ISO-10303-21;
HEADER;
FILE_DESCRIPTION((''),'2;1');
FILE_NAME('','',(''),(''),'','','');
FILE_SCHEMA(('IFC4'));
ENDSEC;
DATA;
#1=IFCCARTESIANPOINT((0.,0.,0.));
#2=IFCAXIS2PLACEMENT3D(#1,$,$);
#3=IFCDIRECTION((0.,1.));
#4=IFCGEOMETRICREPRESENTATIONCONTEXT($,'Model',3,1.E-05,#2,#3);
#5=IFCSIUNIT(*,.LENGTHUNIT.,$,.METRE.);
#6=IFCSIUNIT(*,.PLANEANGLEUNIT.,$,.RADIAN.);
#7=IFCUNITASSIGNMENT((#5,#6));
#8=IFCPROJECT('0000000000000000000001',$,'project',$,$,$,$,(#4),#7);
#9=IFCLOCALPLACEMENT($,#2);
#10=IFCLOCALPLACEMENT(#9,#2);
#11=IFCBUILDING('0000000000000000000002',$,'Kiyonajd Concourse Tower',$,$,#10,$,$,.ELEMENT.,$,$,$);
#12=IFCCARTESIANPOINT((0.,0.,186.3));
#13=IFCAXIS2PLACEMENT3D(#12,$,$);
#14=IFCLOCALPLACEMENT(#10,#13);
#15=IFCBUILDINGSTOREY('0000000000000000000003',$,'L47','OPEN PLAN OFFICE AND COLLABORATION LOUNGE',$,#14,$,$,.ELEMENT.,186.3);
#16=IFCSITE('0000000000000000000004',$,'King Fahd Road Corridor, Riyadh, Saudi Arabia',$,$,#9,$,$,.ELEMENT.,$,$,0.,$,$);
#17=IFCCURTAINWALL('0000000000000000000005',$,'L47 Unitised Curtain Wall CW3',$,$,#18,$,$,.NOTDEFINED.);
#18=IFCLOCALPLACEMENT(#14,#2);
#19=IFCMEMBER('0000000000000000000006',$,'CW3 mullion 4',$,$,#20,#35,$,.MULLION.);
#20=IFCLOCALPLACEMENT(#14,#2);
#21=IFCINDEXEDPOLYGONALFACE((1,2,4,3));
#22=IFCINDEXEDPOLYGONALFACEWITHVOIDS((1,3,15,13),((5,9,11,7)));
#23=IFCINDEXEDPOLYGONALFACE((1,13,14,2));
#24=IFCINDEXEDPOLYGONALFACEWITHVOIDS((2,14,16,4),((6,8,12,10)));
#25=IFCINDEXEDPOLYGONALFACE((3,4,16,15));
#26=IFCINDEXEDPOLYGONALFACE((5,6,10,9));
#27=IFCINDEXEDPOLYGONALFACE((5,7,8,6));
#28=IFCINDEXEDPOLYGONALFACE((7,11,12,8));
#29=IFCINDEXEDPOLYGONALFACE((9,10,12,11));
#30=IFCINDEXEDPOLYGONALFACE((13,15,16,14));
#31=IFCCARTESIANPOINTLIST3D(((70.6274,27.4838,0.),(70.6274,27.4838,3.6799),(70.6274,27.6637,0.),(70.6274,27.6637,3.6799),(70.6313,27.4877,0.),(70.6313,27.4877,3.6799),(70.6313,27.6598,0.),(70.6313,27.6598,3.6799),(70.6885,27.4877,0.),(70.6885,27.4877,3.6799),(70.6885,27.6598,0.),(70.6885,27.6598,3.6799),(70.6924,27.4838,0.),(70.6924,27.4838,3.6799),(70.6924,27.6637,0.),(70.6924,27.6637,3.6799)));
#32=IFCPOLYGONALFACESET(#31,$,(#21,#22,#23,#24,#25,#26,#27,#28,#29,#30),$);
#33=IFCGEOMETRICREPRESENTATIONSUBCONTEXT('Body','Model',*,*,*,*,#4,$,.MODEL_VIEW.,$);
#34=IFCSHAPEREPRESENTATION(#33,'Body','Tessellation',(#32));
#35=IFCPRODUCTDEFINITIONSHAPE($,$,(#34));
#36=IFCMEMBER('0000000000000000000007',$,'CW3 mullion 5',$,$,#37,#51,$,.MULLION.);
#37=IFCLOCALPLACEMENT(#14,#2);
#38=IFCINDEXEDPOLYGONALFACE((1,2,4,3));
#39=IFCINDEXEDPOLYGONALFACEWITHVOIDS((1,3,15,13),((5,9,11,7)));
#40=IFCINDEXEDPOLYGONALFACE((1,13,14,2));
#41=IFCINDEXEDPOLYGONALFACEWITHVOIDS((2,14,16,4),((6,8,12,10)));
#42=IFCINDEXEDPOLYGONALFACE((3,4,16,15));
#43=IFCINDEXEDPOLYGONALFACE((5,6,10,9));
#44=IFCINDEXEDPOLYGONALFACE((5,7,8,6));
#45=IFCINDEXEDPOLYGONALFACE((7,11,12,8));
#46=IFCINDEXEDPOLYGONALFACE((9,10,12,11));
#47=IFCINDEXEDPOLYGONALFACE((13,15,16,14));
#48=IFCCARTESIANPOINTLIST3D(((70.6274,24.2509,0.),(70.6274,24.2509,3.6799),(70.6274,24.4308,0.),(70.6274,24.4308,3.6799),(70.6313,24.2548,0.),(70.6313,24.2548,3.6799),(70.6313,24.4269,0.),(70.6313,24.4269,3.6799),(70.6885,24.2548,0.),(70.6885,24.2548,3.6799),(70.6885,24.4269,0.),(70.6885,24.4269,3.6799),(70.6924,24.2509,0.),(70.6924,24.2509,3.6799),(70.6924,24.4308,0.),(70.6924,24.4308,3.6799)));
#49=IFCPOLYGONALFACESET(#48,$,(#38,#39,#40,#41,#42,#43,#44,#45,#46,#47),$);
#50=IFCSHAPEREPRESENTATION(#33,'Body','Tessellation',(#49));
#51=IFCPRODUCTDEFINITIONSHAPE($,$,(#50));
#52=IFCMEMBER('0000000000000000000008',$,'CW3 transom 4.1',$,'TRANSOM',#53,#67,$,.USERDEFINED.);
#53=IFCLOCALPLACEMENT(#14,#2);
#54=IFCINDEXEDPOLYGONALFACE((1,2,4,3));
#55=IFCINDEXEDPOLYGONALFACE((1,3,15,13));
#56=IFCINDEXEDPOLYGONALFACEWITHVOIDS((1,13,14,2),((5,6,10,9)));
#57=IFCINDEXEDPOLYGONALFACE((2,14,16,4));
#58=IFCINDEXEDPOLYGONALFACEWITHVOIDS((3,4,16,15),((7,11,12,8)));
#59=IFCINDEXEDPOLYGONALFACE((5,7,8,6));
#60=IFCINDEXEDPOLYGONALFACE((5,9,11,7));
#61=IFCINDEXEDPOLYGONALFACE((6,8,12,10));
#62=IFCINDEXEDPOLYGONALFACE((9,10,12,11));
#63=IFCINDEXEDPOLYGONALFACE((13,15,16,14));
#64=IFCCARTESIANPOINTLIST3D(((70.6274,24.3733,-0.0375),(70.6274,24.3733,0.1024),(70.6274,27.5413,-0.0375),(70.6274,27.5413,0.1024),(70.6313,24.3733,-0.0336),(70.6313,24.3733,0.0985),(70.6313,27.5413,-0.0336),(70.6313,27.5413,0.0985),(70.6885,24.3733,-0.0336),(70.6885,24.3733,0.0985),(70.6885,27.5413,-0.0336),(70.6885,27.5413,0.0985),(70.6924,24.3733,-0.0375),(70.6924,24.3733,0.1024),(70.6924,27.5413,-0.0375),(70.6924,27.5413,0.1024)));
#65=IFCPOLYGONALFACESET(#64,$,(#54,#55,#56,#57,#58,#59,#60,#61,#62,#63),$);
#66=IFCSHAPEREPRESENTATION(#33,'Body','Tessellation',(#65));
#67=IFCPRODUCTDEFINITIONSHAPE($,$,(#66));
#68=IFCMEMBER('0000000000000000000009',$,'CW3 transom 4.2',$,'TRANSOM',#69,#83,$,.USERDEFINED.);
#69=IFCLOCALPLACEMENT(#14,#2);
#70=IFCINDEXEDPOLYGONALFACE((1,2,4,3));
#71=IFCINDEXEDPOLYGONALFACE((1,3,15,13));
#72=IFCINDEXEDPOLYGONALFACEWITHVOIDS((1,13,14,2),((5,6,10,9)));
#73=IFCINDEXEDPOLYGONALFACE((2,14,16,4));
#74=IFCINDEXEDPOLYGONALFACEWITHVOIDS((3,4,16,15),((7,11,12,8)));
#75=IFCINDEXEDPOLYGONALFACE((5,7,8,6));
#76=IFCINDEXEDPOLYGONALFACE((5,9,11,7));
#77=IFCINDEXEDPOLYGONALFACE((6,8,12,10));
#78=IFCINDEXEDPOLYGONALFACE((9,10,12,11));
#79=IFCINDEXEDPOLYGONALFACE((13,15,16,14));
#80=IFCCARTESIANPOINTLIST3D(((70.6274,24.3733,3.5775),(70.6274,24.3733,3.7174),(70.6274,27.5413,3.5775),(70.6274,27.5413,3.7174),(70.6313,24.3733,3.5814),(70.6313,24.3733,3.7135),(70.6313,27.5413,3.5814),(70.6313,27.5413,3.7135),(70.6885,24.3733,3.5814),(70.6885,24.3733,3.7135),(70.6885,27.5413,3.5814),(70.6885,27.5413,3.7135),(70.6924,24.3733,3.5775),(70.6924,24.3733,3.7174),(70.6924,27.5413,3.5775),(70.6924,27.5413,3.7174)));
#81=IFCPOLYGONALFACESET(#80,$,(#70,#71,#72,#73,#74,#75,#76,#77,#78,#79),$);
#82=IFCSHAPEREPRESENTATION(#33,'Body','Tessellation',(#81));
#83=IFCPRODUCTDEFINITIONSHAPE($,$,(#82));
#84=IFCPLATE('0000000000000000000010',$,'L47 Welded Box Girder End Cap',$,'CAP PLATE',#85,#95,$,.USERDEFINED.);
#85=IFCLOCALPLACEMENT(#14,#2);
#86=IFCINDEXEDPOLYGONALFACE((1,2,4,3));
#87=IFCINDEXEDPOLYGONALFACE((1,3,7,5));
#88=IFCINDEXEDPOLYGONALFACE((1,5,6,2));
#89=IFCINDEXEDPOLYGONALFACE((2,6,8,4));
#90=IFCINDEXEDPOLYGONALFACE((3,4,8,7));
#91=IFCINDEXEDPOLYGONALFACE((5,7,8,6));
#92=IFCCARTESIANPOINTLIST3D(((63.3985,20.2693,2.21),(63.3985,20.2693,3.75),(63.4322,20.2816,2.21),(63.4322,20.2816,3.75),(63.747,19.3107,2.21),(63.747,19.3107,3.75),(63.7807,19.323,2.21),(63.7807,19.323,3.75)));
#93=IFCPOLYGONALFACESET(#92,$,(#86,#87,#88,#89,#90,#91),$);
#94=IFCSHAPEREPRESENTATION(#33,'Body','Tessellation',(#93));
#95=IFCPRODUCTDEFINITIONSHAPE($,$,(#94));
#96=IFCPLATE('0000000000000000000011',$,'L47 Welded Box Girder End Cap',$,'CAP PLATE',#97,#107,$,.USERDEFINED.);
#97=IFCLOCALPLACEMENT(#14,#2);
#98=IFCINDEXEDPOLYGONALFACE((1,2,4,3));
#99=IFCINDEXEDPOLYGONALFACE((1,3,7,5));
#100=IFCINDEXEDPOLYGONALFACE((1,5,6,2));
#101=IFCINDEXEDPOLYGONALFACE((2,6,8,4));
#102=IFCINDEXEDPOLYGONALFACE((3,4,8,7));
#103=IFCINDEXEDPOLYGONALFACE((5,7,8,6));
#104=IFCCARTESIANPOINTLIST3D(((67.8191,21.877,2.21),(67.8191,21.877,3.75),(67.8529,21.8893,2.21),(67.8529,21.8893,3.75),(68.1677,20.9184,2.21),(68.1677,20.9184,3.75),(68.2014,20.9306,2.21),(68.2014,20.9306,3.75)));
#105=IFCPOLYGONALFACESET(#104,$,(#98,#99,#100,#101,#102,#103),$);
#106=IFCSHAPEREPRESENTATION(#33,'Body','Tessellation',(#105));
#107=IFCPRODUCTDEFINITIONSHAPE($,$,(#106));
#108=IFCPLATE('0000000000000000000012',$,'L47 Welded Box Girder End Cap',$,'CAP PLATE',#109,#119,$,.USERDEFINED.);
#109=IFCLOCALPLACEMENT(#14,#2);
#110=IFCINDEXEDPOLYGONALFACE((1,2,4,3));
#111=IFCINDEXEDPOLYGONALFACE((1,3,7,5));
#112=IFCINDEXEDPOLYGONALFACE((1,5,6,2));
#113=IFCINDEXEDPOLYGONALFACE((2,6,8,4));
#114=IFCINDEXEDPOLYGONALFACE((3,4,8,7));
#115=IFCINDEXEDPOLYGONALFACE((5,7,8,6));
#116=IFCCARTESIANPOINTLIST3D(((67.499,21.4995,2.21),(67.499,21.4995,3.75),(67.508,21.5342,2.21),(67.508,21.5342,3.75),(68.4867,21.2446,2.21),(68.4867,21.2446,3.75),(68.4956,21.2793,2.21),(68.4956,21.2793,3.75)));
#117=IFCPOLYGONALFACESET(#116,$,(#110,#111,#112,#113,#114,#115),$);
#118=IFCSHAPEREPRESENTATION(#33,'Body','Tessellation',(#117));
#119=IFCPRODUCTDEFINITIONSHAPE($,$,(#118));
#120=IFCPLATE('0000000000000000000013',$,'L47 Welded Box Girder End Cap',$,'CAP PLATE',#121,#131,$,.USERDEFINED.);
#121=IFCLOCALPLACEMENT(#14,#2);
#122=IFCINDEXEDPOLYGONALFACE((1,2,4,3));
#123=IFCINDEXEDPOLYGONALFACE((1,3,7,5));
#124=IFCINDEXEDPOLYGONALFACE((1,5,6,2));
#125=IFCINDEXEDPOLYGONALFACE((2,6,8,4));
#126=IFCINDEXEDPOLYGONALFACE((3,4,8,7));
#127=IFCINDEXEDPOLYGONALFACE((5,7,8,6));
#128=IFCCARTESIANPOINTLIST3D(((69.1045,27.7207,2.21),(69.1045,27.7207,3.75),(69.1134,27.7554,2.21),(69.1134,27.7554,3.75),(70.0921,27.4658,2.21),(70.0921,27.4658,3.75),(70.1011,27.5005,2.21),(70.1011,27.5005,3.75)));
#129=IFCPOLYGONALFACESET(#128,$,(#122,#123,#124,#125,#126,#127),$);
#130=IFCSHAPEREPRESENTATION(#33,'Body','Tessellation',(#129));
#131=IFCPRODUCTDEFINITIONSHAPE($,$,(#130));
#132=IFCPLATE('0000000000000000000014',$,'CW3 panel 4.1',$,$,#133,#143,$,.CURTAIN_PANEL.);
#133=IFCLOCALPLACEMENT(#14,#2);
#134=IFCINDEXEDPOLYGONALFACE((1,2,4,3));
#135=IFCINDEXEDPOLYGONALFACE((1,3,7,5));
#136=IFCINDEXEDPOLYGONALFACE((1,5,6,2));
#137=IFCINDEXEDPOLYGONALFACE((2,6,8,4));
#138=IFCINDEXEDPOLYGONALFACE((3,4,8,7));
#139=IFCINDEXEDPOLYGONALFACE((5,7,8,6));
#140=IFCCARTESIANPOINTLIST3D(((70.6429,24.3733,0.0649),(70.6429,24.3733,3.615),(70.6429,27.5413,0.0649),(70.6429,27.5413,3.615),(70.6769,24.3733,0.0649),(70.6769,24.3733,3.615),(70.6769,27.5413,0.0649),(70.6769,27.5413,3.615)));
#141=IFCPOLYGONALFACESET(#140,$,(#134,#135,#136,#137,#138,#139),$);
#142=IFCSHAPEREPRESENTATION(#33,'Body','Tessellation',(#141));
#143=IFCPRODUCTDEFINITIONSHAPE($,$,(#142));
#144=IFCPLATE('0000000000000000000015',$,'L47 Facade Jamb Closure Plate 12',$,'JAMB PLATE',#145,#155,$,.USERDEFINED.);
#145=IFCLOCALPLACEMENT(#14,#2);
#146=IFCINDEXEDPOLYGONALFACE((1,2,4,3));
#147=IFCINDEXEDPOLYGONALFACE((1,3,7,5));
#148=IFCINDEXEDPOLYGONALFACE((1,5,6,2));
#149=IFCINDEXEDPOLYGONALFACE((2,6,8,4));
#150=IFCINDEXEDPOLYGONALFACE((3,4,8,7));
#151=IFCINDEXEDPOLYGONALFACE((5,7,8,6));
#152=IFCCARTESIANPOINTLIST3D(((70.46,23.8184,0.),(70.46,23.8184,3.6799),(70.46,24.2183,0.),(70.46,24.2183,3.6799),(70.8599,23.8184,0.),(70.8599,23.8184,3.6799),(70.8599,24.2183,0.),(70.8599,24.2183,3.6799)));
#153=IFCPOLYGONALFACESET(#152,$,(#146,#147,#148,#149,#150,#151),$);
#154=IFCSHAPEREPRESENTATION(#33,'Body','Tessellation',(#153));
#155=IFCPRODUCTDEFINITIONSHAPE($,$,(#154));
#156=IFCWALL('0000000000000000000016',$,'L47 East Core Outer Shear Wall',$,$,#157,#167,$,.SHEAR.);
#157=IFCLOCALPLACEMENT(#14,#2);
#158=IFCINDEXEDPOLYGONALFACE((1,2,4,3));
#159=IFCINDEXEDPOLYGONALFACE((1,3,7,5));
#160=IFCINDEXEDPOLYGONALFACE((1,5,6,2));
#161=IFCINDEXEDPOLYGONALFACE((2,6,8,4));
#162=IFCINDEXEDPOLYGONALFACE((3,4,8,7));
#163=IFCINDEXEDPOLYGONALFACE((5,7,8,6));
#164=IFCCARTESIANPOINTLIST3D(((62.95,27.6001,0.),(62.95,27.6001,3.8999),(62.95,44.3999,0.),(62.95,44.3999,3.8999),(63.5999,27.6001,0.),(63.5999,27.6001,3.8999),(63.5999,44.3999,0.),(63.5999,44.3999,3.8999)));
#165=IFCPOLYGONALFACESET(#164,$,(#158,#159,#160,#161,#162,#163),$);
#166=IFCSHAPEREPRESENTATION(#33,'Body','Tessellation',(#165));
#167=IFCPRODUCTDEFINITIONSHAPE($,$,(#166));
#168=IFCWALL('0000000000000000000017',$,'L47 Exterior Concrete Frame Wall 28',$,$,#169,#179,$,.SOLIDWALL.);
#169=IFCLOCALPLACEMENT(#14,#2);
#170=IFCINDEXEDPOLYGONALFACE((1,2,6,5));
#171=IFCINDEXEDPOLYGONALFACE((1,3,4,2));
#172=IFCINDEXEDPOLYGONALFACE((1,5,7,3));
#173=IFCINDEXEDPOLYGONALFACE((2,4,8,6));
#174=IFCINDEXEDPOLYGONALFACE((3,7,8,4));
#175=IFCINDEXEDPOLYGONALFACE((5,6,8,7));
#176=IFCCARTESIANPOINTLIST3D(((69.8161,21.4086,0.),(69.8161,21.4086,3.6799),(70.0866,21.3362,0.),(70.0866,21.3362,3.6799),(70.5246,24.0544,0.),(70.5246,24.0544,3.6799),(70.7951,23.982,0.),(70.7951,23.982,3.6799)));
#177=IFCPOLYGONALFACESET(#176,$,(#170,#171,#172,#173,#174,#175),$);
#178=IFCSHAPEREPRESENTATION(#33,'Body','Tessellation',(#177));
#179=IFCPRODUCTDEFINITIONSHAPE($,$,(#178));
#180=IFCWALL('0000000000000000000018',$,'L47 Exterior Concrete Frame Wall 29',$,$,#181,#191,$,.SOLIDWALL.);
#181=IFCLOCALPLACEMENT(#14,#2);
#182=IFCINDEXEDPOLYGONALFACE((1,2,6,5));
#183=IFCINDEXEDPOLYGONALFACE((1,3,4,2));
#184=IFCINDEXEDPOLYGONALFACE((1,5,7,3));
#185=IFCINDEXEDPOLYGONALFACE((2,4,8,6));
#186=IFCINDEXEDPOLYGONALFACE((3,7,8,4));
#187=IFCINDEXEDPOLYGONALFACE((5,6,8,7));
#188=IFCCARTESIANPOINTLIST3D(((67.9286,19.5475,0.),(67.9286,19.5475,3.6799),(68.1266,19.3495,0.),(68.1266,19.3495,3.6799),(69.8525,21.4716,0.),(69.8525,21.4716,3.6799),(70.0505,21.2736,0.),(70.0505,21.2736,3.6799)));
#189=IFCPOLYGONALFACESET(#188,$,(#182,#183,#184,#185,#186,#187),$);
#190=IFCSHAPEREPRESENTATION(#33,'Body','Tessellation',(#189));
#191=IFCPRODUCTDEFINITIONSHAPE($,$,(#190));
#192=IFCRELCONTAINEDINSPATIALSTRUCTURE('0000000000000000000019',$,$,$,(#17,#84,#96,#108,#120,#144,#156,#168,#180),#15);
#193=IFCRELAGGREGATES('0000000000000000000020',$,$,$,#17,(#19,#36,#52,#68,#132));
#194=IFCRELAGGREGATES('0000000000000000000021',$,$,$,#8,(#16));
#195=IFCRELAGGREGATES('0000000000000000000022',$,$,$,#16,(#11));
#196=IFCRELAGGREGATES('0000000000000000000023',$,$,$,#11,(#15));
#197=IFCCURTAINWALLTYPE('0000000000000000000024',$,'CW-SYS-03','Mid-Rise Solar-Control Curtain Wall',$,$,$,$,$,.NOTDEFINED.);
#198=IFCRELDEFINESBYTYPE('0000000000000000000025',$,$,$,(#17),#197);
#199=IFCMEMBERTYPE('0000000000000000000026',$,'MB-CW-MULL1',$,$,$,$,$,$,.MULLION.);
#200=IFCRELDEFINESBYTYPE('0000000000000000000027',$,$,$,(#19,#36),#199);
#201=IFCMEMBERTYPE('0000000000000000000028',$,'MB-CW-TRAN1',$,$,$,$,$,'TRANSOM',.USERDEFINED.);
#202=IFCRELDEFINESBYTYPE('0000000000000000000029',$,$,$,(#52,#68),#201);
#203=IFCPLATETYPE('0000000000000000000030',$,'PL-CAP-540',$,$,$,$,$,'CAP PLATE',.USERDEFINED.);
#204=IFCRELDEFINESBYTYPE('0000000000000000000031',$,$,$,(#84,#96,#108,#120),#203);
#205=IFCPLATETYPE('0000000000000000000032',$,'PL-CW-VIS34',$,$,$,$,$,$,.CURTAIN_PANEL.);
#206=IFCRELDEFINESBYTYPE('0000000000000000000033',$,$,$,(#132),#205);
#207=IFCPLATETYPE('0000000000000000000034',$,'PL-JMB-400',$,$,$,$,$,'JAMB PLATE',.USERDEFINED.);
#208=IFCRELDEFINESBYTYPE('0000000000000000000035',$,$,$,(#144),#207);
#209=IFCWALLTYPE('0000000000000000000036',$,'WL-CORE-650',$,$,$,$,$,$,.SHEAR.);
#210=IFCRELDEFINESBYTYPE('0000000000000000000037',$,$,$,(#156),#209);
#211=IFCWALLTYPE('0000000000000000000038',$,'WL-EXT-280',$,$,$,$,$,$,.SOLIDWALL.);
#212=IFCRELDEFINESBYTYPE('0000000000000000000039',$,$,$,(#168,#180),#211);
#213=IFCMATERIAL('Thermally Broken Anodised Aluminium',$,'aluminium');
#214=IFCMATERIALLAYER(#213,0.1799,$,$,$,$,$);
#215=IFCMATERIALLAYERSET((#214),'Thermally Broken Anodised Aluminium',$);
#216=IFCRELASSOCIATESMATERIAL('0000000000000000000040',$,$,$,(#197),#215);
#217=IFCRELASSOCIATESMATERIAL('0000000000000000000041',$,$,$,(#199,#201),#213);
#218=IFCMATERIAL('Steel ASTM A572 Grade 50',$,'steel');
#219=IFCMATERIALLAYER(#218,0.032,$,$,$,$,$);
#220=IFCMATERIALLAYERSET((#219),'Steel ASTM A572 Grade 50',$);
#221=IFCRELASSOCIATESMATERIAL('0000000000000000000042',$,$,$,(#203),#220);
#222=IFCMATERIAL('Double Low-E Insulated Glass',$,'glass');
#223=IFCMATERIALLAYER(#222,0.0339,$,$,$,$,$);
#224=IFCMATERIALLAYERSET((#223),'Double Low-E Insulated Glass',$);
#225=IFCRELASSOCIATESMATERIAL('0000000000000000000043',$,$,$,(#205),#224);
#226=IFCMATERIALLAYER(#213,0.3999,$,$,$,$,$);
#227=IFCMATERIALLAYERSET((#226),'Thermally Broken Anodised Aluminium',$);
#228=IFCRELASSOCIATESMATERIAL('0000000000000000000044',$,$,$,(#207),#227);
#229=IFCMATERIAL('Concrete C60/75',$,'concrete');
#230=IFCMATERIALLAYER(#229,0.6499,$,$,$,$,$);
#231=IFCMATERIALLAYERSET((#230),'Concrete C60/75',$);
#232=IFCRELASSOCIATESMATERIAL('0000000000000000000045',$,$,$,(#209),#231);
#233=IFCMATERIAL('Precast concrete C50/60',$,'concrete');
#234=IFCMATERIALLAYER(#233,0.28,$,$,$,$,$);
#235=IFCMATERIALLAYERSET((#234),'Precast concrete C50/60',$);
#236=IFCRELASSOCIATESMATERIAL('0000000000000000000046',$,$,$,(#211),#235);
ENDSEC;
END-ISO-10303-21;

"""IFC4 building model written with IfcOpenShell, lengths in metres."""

from ifc_helpers import new_model, si_unit, direction, frame, frame_2d, origin, origin_2d, place, context, subcontext, project, spatial, rectangle, hollow_rectangle, extrude, material, layer, layer_set, material_profile, profile_set, type_object, element, aggregate, save


model = new_model("IFC4")

# Units and contexts
model_context = context("Model", 3, precision=1e-05, world=origin(), true_north=direction((0.0, 1.0)))
body_context = subcontext(model_context, "Body", "Model", "MODEL_VIEW")
ifc_project = project(units=[si_unit("LENGTHUNIT", "METRE"), si_unit("PLANEANGLEUNIT", "RADIAN")], contexts=[model_context])

# Site, building, storey
site_placement = place(None, origin())
site = spatial("IfcSite", under=ifc_project, at=site_placement, Name="King Fahd Road Corridor, Riyadh, Saudi Arabia", CompositionType="ELEMENT", RefElevation=0.0)
building_placement = place(site_placement, origin())
building = spatial("IfcBuilding", under=site, at=building_placement, Name="Kiyonajd Concourse Tower", CompositionType="ELEMENT")
storey_placement = place(building_placement, frame((0.0, 0.0, 186.3)))
storey = spatial("IfcBuildingStorey", under=building, at=storey_placement, Name="L47", Description="OPEN PLAN OFFICE AND COLLABORATION LOUNGE", CompositionType="ELEMENT", Elevation=186.3)

# Shared definitions
ifc_material_1 = material(Name="Concrete C60/75", Category="concrete")

# Shared definitions
ifc_material_2 = material(Name="Steel ASTM A572 Grade 50", Category="steel")

# Curtain wall, members
ifc_material_3 = material(Name="Thermally Broken Anodised Aluminium", Category="aluminium")
ifc_layer_1 = layer(ifc_material_3, 0.1799)
ifc_layer_set_1 = layer_set([ifc_layer_1], Name="Thermally Broken Anodised Aluminium")
curtain_wall_type = type_object("IfcCurtainWallType", Name="CW-SYS-03", Description="Mid-Rise Solar-Control Curtain Wall", PredefinedType="NOTDEFINED", material=ifc_layer_set_1)
curtain_wall_placement = place(storey_placement, origin())
curtain_wall = element("IfcCurtainWall", 1, at=curtain_wall_placement, inside=storey, type_object=curtain_wall_type, Name="L47 Unitised Curtain Wall CW3", PredefinedType="NOTDEFINED")
ifc_material_profile_1 = material_profile(ifc_material_3, hollow_rectangle(XDim=0.0649, YDim=0.1799, WallThickness=0.0039, at=origin_2d()), Name="MULL-65x180")
ifc_profile_set_1 = profile_set([ifc_material_profile_1], Name="Thermally Broken Anodised Aluminium")
member_type_1 = type_object("IfcMemberType", Name="MB-CW-MULL1", PredefinedType="MULLION", material=ifc_profile_set_1)
member_1_placement = place(storey_placement, frame((70.6599, 27.5737, 0.0), z_axis=(0.0, 0.0, 1.0), x_axis=(1.0, 0.0, 0.0)))
member_1 = element("IfcMember", 2, at=member_1_placement, type_object=member_type_1, Name="CW3 mullion 4", PredefinedType="MULLION", context=body_context, shape_type="SweptSolid", body=[
    extrude(hollow_rectangle(XDim=0.0649, YDim=0.1799, WallThickness=0.0039, at=origin_2d()), origin(), (0.0, 0.0, 1.0), 3.6799),
])
member_2_placement = place(storey_placement, frame((70.6599, 24.3408, 0.0), z_axis=(0.0, 0.0, 1.0), x_axis=(1.0, 0.0, 0.0)))
member_2 = element("IfcMember", 3, at=member_2_placement, type_object=member_type_1, Name="CW3 mullion 5", PredefinedType="MULLION", context=body_context, shape_type="SweptSolid", body=[
    extrude(hollow_rectangle(XDim=0.0649, YDim=0.1799, WallThickness=0.0039, at=origin_2d()), origin(), (0.0, 0.0, 1.0), 3.6799),
])
ifc_material_profile_2 = material_profile(ifc_material_3, hollow_rectangle(XDim=0.0649, YDim=0.1399, WallThickness=0.0039, at=origin_2d()), Name="TRAN-65x140")
ifc_profile_set_2 = profile_set([ifc_material_profile_2], Name="Thermally Broken Anodised Aluminium")
member_type_2 = type_object("IfcMemberType", Name="MB-CW-TRAN1", ElementType="TRANSOM", PredefinedType="USERDEFINED", material=ifc_profile_set_2)
member_3_placement = place(storey_placement, frame((70.6599, 27.5413, 0.0325), z_axis=(0.0, -1.0, 0.0), x_axis=(1.0, 0.0, 0.0)))
member_3 = element("IfcMember", 4, at=member_3_placement, type_object=member_type_2, Name="CW3 transom 4.1", ObjectType="TRANSOM", PredefinedType="USERDEFINED", context=body_context, shape_type="SweptSolid", body=[
    extrude(hollow_rectangle(XDim=0.0649, YDim=0.1399, WallThickness=0.0039, at=origin_2d()), origin(), (0.0, 0.0, 1.0), 3.168),
])
member_4_placement = place(storey_placement, frame((70.6599, 27.5413, 3.6475), z_axis=(0.0, -1.0, 0.0), x_axis=(1.0, 0.0, 0.0)))
member_4 = element("IfcMember", 5, at=member_4_placement, type_object=member_type_2, Name="CW3 transom 4.2", ObjectType="TRANSOM", PredefinedType="USERDEFINED", context=body_context, shape_type="SweptSolid", body=[
    extrude(hollow_rectangle(XDim=0.0649, YDim=0.1399, WallThickness=0.0039, at=origin_2d()), origin(), (0.0, 0.0, 1.0), 3.168),
])

# Plates
ifc_layer_2 = layer(ifc_material_2, 0.032)
ifc_layer_set_2 = layer_set([ifc_layer_2], Name="Steel ASTM A572 Grade 50")
plate_type_1 = type_object("IfcPlateType", Name="PL-CAP-540", ElementType="CAP PLATE", PredefinedType="USERDEFINED", material=ifc_layer_set_2)
for number, where, z_axis, x_axis, name in (
    (6, (63.5896, 19.7961, 2.21), (0.0, 0.0, 1.0), (-0.939812, -0.341692, 0.0), "L47 Welded Box Girder End Cap"),
    (7, (68.0103, 21.4038, 2.21), (0.0, 0.0, 1.0), (0.939812, 0.341692, 0.0), "L47 Welded Box Girder End Cap"),
    (8, (67.9973, 21.3894, 2.21), (0.0, 0.0, 1.0), (-0.249873, -0.968279, 0.0), "L47 Welded Box Girder End Cap"),
    (9, (69.6028, 27.6106, 2.21), (0.0, 0.0, 1.0), (0.249873, 0.968279, 0.0), "L47 Welded Box Girder End Cap"),
):
    element("IfcPlate", number, at=place(storey_placement, frame(where, z_axis=z_axis, x_axis=x_axis)), inside=storey, type_object=plate_type_1, Name=name, ObjectType="CAP PLATE", PredefinedType="USERDEFINED", context=body_context, shape_type="SweptSolid", body=[
        extrude(rectangle(XDim=0.0359, YDim=1.02, at=origin_2d()), origin(), (0.0, 0.0, 1.0), 1.54),
    ])

# Plates
ifc_material_4 = material(Name="Double Low-E Insulated Glass", Category="glass")
ifc_layer_3 = layer(ifc_material_4, 0.0339)
ifc_layer_set_3 = layer_set([ifc_layer_3], Name="Double Low-E Insulated Glass")
plate_type_2 = type_object("IfcPlateType", Name="PL-CW-VIS34", PredefinedType="CURTAIN_PANEL", material=ifc_layer_set_3)
plate_1_placement = place(storey_placement, frame((70.6599, 25.9573, 0.0649), z_axis=(0.0, 0.0, 1.0), x_axis=(0.0, -1.0, 0.0)))
plate_1 = element("IfcPlate", 10, at=plate_1_placement, type_object=plate_type_2, Name="CW3 panel 4.1", PredefinedType="CURTAIN_PANEL", context=body_context, shape_type="SweptSolid", body=[
    extrude(rectangle(XDim=3.168, YDim=0.0339, at=origin_2d()), origin(), (0.0, 0.0, 1.0), 3.55),
])
aggregate(curtain_wall, [member_1, member_2, member_3, member_4, plate_1])
ifc_layer_4 = layer(ifc_material_3, 0.3999)
ifc_layer_set_4 = layer_set([ifc_layer_4], Name="Thermally Broken Anodised Aluminium")
plate_type_3 = type_object("IfcPlateType", Name="PL-JMB-400", ElementType="JAMB PLATE", PredefinedType="USERDEFINED", material=ifc_layer_set_4)
plate_2_placement = place(storey_placement, frame((70.6599, 24.0183, 0.0), z_axis=(0.0, 0.0, 1.0), x_axis=(1.0, 0.0, 0.0)))
element("IfcPlate", 11, at=plate_2_placement, inside=storey, type_object=plate_type_3, Name="L47 Facade Jamb Closure Plate 12", ObjectType="JAMB PLATE", PredefinedType="USERDEFINED", context=body_context, shape_type="SweptSolid", body=[
    extrude(rectangle(XDim=0.3999, YDim=0.3999, at=origin_2d()), origin(), (0.0, 0.0, 1.0), 3.6799),
])

# Walls
ifc_layer_5 = layer(ifc_material_1, 0.6499)
ifc_layer_set_5 = layer_set([ifc_layer_5], Name="Concrete C60/75")
wall_type_1 = type_object("IfcWallType", Name="WL-CORE-650", PredefinedType="SHEAR", material=ifc_layer_set_5)
wall_1_placement = place(storey_placement, frame((63.2749, 27.6001, 0.0), z_axis=(0.0, 0.0, 1.0), x_axis=(0.0, 1.0, 0.0)))
element("IfcWall", 12, at=wall_1_placement, inside=storey, type_object=wall_type_1, Name="L47 East Core Outer Shear Wall", PredefinedType="SHEAR", context=body_context, shape_type="SweptSolid", body=[
    extrude(rectangle(XDim=16.7998, YDim=0.6499, at=frame_2d((8.3999, 0.0))), origin(), (0.0, 0.0, 1.0), 3.8999),
])
ifc_material_5 = material(Name="Precast concrete C50/60", Category="concrete")
ifc_layer_6 = layer(ifc_material_5, 0.28)
ifc_layer_set_6 = layer_set([ifc_layer_6], Name="Precast concrete C50/60")
wall_type_2 = type_object("IfcWallType", Name="WL-EXT-280", PredefinedType="SOLIDWALL", material=ifc_layer_set_6)
wall_2_placement = place(storey_placement, frame((70.6599, 24.0183, 0.0), z_axis=(0.0, 0.0, 1.0), x_axis=(-0.258672, -0.965965, 0.0)))
element("IfcWall", 13, at=wall_2_placement, inside=storey, type_object=wall_type_2, Name="L47 Exterior Concrete Frame Wall 28", PredefinedType="SOLIDWALL", context=body_context, shape_type="SweptSolid", body=[
    extrude(rectangle(XDim=2.739, YDim=0.28, at=frame_2d((1.3696, 0.0))), origin(), (0.0, 0.0, 1.0), 3.6799),
])
wall_3_placement = place(storey_placement, frame((69.9514, 21.3726, 0.0), z_axis=(0.0, 0.0, 1.0), x_axis=(-0.707062, -0.707152, 0.0)))
element("IfcWall", 14, at=wall_3_placement, inside=storey, type_object=wall_type_2, Name="L47 Exterior Concrete Frame Wall 29", PredefinedType="SOLIDWALL", context=body_context, shape_type="SweptSolid", body=[
    extrude(rectangle(XDim=2.7209, YDim=0.28, at=frame_2d((1.3604, 0.0))), origin(), (0.0, 0.0, 1.0), 3.6799),
])

save(model, "model.ifc")
